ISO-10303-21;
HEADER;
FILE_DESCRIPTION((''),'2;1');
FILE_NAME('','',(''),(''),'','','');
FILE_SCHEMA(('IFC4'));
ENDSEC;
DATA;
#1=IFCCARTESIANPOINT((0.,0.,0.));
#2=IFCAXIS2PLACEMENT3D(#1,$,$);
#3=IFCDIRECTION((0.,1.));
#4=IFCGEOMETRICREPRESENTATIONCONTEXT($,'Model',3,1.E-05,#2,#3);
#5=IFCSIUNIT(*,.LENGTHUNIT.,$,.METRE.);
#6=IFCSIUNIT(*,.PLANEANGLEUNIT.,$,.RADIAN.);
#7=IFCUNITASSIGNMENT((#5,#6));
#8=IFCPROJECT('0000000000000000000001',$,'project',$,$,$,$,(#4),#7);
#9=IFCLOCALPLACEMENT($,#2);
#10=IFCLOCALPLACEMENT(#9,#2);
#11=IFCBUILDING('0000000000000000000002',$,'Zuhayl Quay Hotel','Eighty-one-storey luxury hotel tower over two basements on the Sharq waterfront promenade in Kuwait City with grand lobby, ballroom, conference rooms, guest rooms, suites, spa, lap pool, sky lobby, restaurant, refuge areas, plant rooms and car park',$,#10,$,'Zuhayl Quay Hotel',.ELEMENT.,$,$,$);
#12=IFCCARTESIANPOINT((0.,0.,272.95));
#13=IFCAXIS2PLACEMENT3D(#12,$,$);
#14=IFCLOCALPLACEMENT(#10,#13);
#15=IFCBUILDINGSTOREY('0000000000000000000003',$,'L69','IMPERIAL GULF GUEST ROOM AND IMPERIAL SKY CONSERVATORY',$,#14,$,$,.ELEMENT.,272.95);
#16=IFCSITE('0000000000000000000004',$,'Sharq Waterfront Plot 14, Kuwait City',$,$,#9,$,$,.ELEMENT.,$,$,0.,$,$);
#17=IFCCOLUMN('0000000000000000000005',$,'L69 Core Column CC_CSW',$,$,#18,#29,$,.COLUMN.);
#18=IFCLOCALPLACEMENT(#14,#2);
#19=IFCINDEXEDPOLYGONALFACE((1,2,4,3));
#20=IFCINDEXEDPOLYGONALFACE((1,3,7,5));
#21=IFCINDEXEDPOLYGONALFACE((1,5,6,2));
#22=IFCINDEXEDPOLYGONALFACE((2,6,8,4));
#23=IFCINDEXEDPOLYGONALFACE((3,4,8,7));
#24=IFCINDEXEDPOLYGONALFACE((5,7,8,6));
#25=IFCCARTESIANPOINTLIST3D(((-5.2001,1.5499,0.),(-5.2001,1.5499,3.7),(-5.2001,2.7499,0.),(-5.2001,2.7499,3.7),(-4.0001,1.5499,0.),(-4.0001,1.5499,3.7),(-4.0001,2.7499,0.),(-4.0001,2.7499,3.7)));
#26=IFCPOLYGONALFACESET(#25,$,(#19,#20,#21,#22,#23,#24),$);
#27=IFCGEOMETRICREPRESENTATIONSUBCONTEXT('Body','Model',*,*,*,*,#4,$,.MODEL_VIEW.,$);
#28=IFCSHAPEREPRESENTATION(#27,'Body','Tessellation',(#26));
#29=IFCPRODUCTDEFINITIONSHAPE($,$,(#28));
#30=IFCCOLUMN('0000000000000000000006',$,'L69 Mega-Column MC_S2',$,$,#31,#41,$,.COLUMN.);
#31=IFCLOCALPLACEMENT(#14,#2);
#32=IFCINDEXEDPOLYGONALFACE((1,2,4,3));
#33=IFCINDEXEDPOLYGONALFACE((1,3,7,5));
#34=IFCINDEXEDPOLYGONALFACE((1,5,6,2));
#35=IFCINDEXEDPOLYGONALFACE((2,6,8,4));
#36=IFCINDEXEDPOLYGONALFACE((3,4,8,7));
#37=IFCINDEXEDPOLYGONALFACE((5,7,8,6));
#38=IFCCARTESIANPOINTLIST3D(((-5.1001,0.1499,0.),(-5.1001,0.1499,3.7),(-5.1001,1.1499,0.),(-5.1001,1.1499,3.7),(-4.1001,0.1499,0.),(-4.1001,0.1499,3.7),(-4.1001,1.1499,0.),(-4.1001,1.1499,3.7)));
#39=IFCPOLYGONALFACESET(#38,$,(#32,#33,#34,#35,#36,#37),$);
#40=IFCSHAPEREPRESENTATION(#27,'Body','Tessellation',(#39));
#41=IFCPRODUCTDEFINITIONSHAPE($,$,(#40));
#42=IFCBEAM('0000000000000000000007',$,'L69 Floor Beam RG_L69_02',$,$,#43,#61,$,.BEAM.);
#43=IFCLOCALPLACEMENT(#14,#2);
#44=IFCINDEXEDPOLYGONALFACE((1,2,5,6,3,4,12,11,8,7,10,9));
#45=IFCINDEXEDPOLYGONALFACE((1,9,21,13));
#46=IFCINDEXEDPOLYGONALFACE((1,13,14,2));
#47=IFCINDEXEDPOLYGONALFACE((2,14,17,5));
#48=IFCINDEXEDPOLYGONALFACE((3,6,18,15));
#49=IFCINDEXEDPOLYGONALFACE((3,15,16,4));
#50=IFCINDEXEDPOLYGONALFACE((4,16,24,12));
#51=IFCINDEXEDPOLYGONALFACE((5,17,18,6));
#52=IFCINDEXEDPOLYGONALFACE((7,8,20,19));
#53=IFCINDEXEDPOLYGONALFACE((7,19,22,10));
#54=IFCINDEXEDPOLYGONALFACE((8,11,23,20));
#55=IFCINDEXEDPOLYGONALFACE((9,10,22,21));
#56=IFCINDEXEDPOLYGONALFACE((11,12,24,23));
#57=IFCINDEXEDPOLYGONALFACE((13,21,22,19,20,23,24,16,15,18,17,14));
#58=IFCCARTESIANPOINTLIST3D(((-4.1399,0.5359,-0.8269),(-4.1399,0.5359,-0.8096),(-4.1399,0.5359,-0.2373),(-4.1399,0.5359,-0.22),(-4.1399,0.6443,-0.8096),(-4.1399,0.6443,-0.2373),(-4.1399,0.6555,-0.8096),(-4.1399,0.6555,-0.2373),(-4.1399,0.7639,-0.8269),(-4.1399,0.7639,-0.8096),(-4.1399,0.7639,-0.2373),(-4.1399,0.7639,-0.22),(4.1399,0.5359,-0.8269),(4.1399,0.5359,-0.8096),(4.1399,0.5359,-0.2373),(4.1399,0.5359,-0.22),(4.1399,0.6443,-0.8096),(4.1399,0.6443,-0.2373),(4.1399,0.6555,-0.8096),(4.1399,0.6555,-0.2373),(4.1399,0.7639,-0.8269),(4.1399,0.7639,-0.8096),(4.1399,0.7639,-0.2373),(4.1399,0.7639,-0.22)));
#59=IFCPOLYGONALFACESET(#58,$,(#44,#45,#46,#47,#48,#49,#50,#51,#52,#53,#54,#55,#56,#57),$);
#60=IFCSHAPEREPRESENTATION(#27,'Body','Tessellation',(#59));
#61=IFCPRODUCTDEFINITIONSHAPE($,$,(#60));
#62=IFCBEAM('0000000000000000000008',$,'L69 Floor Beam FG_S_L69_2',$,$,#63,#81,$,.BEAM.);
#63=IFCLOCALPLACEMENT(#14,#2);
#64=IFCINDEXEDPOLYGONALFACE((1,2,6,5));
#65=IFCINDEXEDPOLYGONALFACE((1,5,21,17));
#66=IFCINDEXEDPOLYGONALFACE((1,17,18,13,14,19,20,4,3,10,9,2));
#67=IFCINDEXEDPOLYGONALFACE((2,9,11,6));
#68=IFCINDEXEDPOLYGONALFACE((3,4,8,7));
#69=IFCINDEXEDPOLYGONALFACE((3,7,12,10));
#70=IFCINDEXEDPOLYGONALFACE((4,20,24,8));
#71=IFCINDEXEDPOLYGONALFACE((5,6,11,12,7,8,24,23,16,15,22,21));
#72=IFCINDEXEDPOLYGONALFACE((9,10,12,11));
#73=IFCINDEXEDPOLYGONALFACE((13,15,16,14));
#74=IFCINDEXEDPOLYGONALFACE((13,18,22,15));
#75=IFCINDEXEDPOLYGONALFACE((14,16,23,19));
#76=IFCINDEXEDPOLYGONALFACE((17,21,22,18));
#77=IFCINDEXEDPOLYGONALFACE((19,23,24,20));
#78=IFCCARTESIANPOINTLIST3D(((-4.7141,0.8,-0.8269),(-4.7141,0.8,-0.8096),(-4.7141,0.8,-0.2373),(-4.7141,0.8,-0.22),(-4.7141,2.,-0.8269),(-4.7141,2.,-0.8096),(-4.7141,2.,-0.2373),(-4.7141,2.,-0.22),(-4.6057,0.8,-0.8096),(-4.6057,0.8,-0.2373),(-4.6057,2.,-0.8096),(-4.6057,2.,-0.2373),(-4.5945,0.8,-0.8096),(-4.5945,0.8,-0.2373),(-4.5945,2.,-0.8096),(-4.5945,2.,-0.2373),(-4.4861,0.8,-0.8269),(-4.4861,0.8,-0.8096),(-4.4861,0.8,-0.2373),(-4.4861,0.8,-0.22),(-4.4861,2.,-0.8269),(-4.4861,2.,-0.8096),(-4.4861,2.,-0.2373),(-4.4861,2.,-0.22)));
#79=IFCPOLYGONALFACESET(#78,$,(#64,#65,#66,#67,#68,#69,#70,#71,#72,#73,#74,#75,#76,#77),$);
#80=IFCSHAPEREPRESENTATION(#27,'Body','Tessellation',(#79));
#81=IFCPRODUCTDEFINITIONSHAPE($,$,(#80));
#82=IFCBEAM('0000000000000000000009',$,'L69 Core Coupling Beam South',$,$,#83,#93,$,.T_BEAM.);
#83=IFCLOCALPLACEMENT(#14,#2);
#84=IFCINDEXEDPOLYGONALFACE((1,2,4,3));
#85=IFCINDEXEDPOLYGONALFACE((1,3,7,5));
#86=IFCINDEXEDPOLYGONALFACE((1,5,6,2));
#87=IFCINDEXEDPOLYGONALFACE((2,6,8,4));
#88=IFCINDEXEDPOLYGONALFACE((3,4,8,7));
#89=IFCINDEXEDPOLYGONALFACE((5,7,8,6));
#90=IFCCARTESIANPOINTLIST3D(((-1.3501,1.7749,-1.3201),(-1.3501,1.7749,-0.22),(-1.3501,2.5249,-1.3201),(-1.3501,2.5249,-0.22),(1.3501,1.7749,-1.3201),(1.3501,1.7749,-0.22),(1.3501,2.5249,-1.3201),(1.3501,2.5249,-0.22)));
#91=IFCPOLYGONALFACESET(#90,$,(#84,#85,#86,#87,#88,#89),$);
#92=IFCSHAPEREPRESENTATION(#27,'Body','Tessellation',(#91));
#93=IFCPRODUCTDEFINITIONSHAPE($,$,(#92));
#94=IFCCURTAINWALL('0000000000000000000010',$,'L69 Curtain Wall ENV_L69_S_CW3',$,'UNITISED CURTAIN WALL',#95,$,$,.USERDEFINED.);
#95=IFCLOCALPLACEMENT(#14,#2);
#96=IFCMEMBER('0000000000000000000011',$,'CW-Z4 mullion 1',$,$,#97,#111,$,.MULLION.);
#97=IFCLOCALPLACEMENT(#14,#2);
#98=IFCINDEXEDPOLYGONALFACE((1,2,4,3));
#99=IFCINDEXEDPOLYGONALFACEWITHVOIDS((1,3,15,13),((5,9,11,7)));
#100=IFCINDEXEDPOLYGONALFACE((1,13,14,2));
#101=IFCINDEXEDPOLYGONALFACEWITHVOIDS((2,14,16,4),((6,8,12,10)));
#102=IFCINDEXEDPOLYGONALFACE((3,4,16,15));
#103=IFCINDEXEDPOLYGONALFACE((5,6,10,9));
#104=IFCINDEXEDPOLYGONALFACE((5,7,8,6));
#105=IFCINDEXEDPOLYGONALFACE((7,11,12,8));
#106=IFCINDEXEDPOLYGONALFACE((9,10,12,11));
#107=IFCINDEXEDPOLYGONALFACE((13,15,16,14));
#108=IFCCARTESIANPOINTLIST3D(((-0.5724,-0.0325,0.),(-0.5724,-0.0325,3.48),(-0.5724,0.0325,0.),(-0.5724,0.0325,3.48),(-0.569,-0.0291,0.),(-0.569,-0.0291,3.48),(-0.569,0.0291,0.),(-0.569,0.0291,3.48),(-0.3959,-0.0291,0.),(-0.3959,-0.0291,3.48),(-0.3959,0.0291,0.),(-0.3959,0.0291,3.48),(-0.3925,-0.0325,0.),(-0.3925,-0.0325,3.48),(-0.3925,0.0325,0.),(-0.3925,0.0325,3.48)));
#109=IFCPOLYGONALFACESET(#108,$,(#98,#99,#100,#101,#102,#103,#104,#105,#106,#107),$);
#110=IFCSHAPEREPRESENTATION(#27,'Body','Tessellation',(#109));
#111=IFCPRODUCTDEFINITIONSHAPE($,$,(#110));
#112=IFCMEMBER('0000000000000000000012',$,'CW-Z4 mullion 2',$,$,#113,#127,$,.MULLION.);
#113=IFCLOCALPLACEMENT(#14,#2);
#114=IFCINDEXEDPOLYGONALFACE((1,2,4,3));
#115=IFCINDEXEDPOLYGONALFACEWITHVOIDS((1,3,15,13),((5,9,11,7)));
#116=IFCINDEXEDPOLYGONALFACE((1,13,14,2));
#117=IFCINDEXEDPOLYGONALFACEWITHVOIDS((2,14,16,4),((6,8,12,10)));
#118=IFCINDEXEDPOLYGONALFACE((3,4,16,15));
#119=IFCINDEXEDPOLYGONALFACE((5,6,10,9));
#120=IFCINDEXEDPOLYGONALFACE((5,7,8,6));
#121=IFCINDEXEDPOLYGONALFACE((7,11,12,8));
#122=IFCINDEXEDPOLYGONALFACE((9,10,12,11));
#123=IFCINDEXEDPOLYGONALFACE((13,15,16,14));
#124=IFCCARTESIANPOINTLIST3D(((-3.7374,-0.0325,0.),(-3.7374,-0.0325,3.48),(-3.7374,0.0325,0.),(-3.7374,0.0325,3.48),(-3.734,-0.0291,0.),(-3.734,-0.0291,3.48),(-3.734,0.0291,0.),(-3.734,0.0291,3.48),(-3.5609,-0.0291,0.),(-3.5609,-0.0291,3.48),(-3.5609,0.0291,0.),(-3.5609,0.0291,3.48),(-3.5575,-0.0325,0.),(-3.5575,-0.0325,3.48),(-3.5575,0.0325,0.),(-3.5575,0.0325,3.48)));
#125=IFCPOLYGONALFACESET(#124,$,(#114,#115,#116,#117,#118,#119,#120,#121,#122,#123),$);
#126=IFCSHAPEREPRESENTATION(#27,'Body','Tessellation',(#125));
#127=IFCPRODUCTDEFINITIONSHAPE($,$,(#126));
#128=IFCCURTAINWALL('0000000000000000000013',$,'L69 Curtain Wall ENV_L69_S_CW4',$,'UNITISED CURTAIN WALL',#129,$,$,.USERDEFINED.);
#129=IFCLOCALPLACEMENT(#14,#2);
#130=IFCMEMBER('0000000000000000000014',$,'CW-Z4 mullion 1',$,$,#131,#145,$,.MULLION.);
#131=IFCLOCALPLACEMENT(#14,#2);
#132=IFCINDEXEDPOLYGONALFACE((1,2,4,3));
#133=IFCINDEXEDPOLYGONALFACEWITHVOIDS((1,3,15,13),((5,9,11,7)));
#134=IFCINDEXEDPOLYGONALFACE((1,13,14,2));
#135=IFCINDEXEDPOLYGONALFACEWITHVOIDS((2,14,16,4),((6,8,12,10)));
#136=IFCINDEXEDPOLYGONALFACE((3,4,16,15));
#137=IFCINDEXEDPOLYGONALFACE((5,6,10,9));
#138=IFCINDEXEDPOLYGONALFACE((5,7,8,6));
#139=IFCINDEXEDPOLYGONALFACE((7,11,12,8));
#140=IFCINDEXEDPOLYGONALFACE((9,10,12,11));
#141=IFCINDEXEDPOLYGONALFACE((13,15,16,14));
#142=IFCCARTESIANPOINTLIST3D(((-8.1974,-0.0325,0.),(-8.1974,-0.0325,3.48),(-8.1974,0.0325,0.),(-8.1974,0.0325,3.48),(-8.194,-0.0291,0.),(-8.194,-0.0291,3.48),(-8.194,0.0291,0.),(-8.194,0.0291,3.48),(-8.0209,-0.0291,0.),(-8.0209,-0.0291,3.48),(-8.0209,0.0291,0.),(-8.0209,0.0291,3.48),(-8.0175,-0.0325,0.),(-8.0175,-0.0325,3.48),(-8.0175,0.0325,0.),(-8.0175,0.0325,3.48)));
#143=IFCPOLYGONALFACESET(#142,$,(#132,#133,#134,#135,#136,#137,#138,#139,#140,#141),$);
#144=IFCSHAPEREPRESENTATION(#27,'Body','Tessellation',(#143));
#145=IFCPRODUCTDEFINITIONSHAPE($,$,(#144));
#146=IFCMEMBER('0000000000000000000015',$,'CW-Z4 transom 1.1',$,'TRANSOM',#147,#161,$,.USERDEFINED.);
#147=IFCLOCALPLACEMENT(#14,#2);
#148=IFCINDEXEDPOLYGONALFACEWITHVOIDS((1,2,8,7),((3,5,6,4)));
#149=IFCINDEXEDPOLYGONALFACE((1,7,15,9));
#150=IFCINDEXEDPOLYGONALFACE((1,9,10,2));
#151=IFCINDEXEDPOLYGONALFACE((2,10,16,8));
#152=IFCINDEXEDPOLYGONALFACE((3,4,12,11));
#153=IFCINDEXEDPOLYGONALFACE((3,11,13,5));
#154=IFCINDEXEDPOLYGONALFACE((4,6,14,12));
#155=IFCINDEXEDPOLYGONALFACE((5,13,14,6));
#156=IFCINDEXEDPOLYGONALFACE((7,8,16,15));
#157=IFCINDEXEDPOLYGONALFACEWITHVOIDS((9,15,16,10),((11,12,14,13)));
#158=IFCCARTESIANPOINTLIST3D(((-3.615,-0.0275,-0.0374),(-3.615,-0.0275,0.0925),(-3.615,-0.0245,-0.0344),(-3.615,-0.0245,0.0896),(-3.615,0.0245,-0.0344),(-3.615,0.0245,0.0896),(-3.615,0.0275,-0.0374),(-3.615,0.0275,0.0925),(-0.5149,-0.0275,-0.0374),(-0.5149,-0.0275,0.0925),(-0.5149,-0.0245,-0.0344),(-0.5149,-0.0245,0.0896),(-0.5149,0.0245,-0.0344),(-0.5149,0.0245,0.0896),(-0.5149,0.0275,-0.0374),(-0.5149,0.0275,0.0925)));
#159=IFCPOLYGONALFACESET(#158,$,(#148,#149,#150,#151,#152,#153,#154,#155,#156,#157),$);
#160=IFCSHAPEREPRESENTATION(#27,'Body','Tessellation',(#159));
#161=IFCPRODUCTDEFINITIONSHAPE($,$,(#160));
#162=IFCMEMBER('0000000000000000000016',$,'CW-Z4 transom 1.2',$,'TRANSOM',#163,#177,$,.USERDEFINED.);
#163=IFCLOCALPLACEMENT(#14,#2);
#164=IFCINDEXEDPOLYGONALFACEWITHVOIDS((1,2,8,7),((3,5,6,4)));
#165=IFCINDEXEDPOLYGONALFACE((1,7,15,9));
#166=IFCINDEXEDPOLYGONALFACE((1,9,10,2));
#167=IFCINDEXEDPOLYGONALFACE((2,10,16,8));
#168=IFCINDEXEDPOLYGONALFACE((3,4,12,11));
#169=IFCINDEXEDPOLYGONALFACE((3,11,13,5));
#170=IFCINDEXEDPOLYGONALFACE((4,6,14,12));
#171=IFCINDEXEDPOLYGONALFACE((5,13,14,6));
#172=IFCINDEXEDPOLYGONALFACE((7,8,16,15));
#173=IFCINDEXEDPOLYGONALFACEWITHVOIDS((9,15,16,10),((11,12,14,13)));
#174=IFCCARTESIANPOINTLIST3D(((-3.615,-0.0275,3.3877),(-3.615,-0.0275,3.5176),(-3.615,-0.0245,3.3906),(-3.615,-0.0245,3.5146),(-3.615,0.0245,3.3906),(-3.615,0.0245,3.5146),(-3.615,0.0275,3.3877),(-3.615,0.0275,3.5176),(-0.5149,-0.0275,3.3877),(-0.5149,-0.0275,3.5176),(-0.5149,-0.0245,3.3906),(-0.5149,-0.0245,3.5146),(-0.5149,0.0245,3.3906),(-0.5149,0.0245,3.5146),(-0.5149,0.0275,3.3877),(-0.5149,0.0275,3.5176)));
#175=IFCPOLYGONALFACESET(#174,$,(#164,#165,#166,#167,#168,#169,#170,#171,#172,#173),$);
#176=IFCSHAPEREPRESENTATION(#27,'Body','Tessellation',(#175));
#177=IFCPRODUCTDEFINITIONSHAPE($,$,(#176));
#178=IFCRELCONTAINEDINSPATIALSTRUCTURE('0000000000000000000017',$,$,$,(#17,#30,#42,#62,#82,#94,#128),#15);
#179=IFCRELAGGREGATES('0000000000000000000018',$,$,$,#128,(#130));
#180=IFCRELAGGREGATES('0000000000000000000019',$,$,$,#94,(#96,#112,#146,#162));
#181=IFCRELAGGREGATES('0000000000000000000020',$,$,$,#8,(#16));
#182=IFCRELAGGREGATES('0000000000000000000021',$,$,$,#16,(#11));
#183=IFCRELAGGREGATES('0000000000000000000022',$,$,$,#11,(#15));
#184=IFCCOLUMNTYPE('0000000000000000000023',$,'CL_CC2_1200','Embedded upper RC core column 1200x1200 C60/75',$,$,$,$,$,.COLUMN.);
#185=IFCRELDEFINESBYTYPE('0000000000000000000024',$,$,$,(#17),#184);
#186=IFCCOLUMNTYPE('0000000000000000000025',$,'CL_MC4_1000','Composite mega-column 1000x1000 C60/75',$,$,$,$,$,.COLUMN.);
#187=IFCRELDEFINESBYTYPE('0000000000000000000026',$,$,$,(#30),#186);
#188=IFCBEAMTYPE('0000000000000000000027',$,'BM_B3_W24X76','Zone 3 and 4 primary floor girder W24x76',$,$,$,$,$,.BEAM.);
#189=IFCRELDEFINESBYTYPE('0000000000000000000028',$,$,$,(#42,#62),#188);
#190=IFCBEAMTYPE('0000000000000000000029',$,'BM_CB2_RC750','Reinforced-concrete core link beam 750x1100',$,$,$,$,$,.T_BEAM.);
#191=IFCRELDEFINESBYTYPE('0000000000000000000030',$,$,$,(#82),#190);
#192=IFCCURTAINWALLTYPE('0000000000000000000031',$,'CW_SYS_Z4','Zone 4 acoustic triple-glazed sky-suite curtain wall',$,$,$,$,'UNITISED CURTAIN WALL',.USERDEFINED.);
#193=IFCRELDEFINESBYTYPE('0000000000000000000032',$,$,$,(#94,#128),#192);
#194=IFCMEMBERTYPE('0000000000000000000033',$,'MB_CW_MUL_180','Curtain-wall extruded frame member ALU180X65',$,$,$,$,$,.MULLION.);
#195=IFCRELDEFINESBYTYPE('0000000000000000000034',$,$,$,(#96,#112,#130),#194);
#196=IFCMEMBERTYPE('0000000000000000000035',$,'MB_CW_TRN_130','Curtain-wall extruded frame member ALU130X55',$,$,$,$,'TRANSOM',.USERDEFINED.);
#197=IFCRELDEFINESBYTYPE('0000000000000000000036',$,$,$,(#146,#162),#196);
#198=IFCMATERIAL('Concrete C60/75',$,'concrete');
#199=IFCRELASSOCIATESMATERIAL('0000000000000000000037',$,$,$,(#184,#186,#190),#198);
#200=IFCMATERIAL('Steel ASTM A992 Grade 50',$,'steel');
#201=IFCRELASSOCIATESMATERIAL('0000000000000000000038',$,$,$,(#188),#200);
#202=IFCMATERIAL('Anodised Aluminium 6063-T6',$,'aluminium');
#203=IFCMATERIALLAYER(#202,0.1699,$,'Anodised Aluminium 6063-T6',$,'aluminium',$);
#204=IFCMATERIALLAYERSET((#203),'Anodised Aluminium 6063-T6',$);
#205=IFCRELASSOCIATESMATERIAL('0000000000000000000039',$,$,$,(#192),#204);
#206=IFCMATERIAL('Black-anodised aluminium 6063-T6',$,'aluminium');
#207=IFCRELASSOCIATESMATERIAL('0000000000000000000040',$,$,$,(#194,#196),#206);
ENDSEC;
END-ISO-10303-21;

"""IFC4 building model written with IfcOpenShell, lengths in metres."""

from ifc_helpers import new_model, si_unit, direction, frame, origin, origin_2d, place, context, subcontext, project, spatial, rectangle, hollow_rectangle, i_section, extrude, material, layer, layer_set, material_profile, profile_set, type_object, element, aggregate, save


model = new_model("IFC4")

# Units and contexts
model_context = context("Model", 3, precision=1e-05, world=origin(), true_north=direction((0.0, 1.0)))
body_context = subcontext(model_context, "Body", "Model", "MODEL_VIEW")
ifc_project = project(units=[si_unit("LENGTHUNIT", "METRE"), si_unit("PLANEANGLEUNIT", "RADIAN")], contexts=[model_context])

# Site, building, storey
site_placement = place(None, origin())
site = spatial("IfcSite", under=ifc_project, at=site_placement, Name="Sharq Waterfront Plot 14, Kuwait City", CompositionType="ELEMENT", RefElevation=0.0)
building_placement = place(site_placement, origin())
building = spatial("IfcBuilding", under=site, at=building_placement, Name="Zuhayl Quay Hotel", Description="Eighty-one-storey luxury hotel tower over two basements on the Sharq waterfront promenade in Kuwait City with grand lobby, ballroom, conference rooms, guest rooms, suites, spa, lap pool, sky lobby, restaurant, refuge areas, plant rooms and car park", LongName="Zuhayl Quay Hotel", CompositionType="ELEMENT")
storey_placement = place(building_placement, frame((0.0, 0.0, 272.95)))
storey = spatial("IfcBuildingStorey", under=building, at=storey_placement, Name="L69", Description="IMPERIAL GULF GUEST ROOM AND IMPERIAL SKY CONSERVATORY", CompositionType="ELEMENT", Elevation=272.95)

# Columns
ifc_material_1 = material(Name="Concrete C60/75", Category="concrete")
ifc_material_profile_1 = material_profile(ifc_material_1, rectangle(XDim=1.2, YDim=1.2, at=origin_2d()), Name="RC1200X1200")
ifc_profile_set_1 = profile_set([ifc_material_profile_1], Name="Concrete C60/75")
column_type_1 = type_object("IfcColumnType", Name="CL_CC2_1200", Description="Embedded upper RC core column 1200x1200 C60/75", PredefinedType="COLUMN", material=ifc_profile_set_1)
column_1_placement = place(storey_placement, frame((-4.6001, 2.1499, 0.0), z_axis=(0.0, 0.0, 1.0), x_axis=(1.0, 0.0, 0.0)))
element("IfcColumn", 1, at=column_1_placement, inside=storey, type_object=column_type_1, Name="L69 Core Column CC_CSW", PredefinedType="COLUMN", context=body_context, shape_type="SweptSolid", body=[
    extrude(rectangle(XDim=1.2, YDim=1.2, at=origin_2d()), origin(), (0.0, 0.0, 1.0), 3.7),
])
ifc_material_profile_2 = material_profile(ifc_material_1, rectangle(XDim=1.0, YDim=1.0, at=origin_2d()), Name="RC1000X1000")
ifc_profile_set_2 = profile_set([ifc_material_profile_2], Name="Concrete C60/75")
column_type_2 = type_object("IfcColumnType", Name="CL_MC4_1000", Description="Composite mega-column 1000x1000 C60/75", PredefinedType="COLUMN", material=ifc_profile_set_2)
column_2_placement = place(storey_placement, frame((-4.6001, 0.6499, 0.0), z_axis=(0.0, 0.0, 1.0), x_axis=(1.0, 0.0, 0.0)))
element("IfcColumn", 2, at=column_2_placement, inside=storey, type_object=column_type_2, Name="L69 Mega-Column MC_S2", PredefinedType="COLUMN", context=body_context, shape_type="SweptSolid", body=[
    extrude(rectangle(XDim=1.0, YDim=1.0, at=origin_2d()), origin(), (0.0, 0.0, 1.0), 3.7),
])

# Beams
ifc_material_2 = material(Name="Steel ASTM A992 Grade 50", Category="steel")
ifc_material_profile_3 = material_profile(ifc_material_2, i_section(OverallWidth=0.228, OverallDepth=0.6069, WebThickness=0.0112, FlangeThickness=0.0173, at=origin_2d()), Name="W24X76")
ifc_profile_set_3 = profile_set([ifc_material_profile_3], Name="Steel ASTM A992 Grade 50")
beam_type_1 = type_object("IfcBeamType", Name="BM_B3_W24X76", Description="Zone 3 and 4 primary floor girder W24x76", PredefinedType="BEAM", material=ifc_profile_set_3)
beam_1_placement = place(storey_placement, frame((-4.1399, 0.6499, -0.5234), z_axis=(1.0, 0.0, 0.0), x_axis=(0.0, 1.0, 0.0)))
element("IfcBeam", 3, at=beam_1_placement, inside=storey, type_object=beam_type_1, Name="L69 Floor Beam RG_L69_02", PredefinedType="BEAM", context=body_context, shape_type="SweptSolid", body=[
    extrude(i_section(OverallWidth=0.228, OverallDepth=0.6069, WebThickness=0.0112, FlangeThickness=0.0173, at=origin_2d()), origin(), (0.0, 0.0, 1.0), 8.2798),
])
beam_2_placement = place(storey_placement, frame((-4.6001, 0.8, -0.5234), z_axis=(0.0, 1.0, 0.0), x_axis=(-1.0, 0.0, 0.0)))
element("IfcBeam", 4, at=beam_2_placement, inside=storey, type_object=beam_type_1, Name="L69 Floor Beam FG_S_L69_2", PredefinedType="BEAM", context=body_context, shape_type="SweptSolid", body=[
    extrude(i_section(OverallWidth=0.228, OverallDepth=0.6069, WebThickness=0.0112, FlangeThickness=0.0173, at=origin_2d()), origin(), (0.0, 0.0, 1.0), 1.2),
])
ifc_material_profile_4 = material_profile(ifc_material_1, rectangle(XDim=0.75, YDim=1.1001, at=origin_2d()), Name="RC750X1100")
ifc_profile_set_4 = profile_set([ifc_material_profile_4], Name="Concrete C60/75")
beam_type_2 = type_object("IfcBeamType", Name="BM_CB2_RC750", Description="Reinforced-concrete core link beam 750x1100", PredefinedType="T_BEAM", material=ifc_profile_set_4)
beam_3_placement = place(storey_placement, frame((-1.3501, 2.1499, -0.77), z_axis=(1.0, 0.0, 0.0), x_axis=(0.0, 1.0, 0.0)))
element("IfcBeam", 5, at=beam_3_placement, inside=storey, type_object=beam_type_2, Name="L69 Core Coupling Beam South", PredefinedType="T_BEAM", context=body_context, shape_type="SweptSolid", body=[
    extrude(rectangle(XDim=0.75, YDim=1.1001, at=origin_2d()), origin(), (0.0, 0.0, 1.0), 2.7002),
])

# Curtain wall, members
ifc_material_3 = material(Name="Anodised Aluminium 6063-T6", Category="aluminium")
ifc_layer_1 = layer(ifc_material_3, 0.1699, Name="Anodised Aluminium 6063-T6", Category="aluminium")
ifc_layer_set_1 = layer_set([ifc_layer_1], Name="Anodised Aluminium 6063-T6")
curtain_wall_type = type_object("IfcCurtainWallType", Name="CW_SYS_Z4", Description="Zone 4 acoustic triple-glazed sky-suite curtain wall", ElementType="UNITISED CURTAIN WALL", PredefinedType="USERDEFINED", material=ifc_layer_set_1)
curtain_wall_1_placement = place(storey_placement, origin())
curtain_wall_1 = element("IfcCurtainWall", 6, at=curtain_wall_1_placement, inside=storey, type_object=curtain_wall_type, Name="L69 Curtain Wall ENV_L69_S_CW3", ObjectType="UNITISED CURTAIN WALL", PredefinedType="USERDEFINED")
ifc_material_4 = material(Name="Black-anodised aluminium 6063-T6", Category="aluminium")
ifc_material_profile_5 = material_profile(ifc_material_4, hollow_rectangle(XDim=0.0649, YDim=0.1799, WallThickness=0.0034, at=origin_2d()), Name="ALU180X65")
ifc_profile_set_5 = profile_set([ifc_material_profile_5], Name="Black-anodised aluminium 6063-T6")
member_type_1 = type_object("IfcMemberType", Name="MB_CW_MUL_180", Description="Curtain-wall extruded frame member ALU180X65", PredefinedType="MULLION", material=ifc_profile_set_5)
member_1_placement = place(storey_placement, frame((-0.4824, 0.0, 0.0), z_axis=(0.0, 0.0, 1.0), x_axis=(0.0, -1.0, 0.0)))
member_1 = element("IfcMember", 7, at=member_1_placement, type_object=member_type_1, Name="CW-Z4 mullion 1", PredefinedType="MULLION", context=body_context, shape_type="SweptSolid", body=[
    extrude(hollow_rectangle(XDim=0.0649, YDim=0.1799, WallThickness=0.0034, at=origin_2d()), origin(), (0.0, 0.0, 1.0), 3.48),
])
member_2_placement = place(storey_placement, frame((-3.6475, 0.0, 0.0), z_axis=(0.0, 0.0, 1.0), x_axis=(0.0, -1.0, 0.0)))
member_2 = element("IfcMember", 8, at=member_2_placement, type_object=member_type_1, Name="CW-Z4 mullion 2", PredefinedType="MULLION", context=body_context, shape_type="SweptSolid", body=[
    extrude(hollow_rectangle(XDim=0.0649, YDim=0.1799, WallThickness=0.0034, at=origin_2d()), origin(), (0.0, 0.0, 1.0), 3.48),
])

# Curtain wall, member
curtain_wall_2_placement = place(storey_placement, origin())
curtain_wall_2 = element("IfcCurtainWall", 9, at=curtain_wall_2_placement, inside=storey, type_object=curtain_wall_type, Name="L69 Curtain Wall ENV_L69_S_CW4", ObjectType="UNITISED CURTAIN WALL", PredefinedType="USERDEFINED")
member_3_placement = place(storey_placement, frame((-8.1074, 0.0, 0.0), z_axis=(0.0, 0.0, 1.0), x_axis=(0.0, -1.0, 0.0)))
member_3 = element("IfcMember", 10, at=member_3_placement, type_object=member_type_1, Name="CW-Z4 mullion 1", PredefinedType="MULLION", context=body_context, shape_type="SweptSolid", body=[
    extrude(hollow_rectangle(XDim=0.0649, YDim=0.1799, WallThickness=0.0034, at=origin_2d()), origin(), (0.0, 0.0, 1.0), 3.48),
])

# Members
ifc_material_profile_6 = material_profile(ifc_material_4, hollow_rectangle(XDim=0.0549, YDim=0.1299, WallThickness=0.0029, at=origin_2d()), Name="ALU130X55")
ifc_profile_set_6 = profile_set([ifc_material_profile_6], Name="Black-anodised aluminium 6063-T6")
member_type_2 = type_object("IfcMemberType", Name="MB_CW_TRN_130", Description="Curtain-wall extruded frame member ALU130X55", ElementType="TRANSOM", PredefinedType="USERDEFINED", material=ifc_profile_set_6)
member_4_placement = place(storey_placement, frame((-0.5149, 0.0, 0.0276), z_axis=(-1.0, 0.0, 0.0), x_axis=(0.0, -1.0, 0.0)))
member_4 = element("IfcMember", 11, at=member_4_placement, type_object=member_type_2, Name="CW-Z4 transom 1.1", ObjectType="TRANSOM", PredefinedType="USERDEFINED", context=body_context, shape_type="SweptSolid", body=[
    extrude(hollow_rectangle(XDim=0.0549, YDim=0.1299, WallThickness=0.0029, at=origin_2d()), origin(), (0.0, 0.0, 1.0), 3.1001),
])
member_5_placement = place(storey_placement, frame((-0.5149, 0.0, 3.4526), z_axis=(-1.0, 0.0, 0.0), x_axis=(0.0, -1.0, 0.0)))
member_5 = element("IfcMember", 12, at=member_5_placement, type_object=member_type_2, Name="CW-Z4 transom 1.2", ObjectType="TRANSOM", PredefinedType="USERDEFINED", context=body_context, shape_type="SweptSolid", body=[
    extrude(hollow_rectangle(XDim=0.0549, YDim=0.1299, WallThickness=0.0029, at=origin_2d()), origin(), (0.0, 0.0, 1.0), 3.1001),
])
aggregate(curtain_wall_2, [member_3])

aggregate(curtain_wall_1, [member_1, member_2, member_4, member_5])

save(model, "model.ifc")
